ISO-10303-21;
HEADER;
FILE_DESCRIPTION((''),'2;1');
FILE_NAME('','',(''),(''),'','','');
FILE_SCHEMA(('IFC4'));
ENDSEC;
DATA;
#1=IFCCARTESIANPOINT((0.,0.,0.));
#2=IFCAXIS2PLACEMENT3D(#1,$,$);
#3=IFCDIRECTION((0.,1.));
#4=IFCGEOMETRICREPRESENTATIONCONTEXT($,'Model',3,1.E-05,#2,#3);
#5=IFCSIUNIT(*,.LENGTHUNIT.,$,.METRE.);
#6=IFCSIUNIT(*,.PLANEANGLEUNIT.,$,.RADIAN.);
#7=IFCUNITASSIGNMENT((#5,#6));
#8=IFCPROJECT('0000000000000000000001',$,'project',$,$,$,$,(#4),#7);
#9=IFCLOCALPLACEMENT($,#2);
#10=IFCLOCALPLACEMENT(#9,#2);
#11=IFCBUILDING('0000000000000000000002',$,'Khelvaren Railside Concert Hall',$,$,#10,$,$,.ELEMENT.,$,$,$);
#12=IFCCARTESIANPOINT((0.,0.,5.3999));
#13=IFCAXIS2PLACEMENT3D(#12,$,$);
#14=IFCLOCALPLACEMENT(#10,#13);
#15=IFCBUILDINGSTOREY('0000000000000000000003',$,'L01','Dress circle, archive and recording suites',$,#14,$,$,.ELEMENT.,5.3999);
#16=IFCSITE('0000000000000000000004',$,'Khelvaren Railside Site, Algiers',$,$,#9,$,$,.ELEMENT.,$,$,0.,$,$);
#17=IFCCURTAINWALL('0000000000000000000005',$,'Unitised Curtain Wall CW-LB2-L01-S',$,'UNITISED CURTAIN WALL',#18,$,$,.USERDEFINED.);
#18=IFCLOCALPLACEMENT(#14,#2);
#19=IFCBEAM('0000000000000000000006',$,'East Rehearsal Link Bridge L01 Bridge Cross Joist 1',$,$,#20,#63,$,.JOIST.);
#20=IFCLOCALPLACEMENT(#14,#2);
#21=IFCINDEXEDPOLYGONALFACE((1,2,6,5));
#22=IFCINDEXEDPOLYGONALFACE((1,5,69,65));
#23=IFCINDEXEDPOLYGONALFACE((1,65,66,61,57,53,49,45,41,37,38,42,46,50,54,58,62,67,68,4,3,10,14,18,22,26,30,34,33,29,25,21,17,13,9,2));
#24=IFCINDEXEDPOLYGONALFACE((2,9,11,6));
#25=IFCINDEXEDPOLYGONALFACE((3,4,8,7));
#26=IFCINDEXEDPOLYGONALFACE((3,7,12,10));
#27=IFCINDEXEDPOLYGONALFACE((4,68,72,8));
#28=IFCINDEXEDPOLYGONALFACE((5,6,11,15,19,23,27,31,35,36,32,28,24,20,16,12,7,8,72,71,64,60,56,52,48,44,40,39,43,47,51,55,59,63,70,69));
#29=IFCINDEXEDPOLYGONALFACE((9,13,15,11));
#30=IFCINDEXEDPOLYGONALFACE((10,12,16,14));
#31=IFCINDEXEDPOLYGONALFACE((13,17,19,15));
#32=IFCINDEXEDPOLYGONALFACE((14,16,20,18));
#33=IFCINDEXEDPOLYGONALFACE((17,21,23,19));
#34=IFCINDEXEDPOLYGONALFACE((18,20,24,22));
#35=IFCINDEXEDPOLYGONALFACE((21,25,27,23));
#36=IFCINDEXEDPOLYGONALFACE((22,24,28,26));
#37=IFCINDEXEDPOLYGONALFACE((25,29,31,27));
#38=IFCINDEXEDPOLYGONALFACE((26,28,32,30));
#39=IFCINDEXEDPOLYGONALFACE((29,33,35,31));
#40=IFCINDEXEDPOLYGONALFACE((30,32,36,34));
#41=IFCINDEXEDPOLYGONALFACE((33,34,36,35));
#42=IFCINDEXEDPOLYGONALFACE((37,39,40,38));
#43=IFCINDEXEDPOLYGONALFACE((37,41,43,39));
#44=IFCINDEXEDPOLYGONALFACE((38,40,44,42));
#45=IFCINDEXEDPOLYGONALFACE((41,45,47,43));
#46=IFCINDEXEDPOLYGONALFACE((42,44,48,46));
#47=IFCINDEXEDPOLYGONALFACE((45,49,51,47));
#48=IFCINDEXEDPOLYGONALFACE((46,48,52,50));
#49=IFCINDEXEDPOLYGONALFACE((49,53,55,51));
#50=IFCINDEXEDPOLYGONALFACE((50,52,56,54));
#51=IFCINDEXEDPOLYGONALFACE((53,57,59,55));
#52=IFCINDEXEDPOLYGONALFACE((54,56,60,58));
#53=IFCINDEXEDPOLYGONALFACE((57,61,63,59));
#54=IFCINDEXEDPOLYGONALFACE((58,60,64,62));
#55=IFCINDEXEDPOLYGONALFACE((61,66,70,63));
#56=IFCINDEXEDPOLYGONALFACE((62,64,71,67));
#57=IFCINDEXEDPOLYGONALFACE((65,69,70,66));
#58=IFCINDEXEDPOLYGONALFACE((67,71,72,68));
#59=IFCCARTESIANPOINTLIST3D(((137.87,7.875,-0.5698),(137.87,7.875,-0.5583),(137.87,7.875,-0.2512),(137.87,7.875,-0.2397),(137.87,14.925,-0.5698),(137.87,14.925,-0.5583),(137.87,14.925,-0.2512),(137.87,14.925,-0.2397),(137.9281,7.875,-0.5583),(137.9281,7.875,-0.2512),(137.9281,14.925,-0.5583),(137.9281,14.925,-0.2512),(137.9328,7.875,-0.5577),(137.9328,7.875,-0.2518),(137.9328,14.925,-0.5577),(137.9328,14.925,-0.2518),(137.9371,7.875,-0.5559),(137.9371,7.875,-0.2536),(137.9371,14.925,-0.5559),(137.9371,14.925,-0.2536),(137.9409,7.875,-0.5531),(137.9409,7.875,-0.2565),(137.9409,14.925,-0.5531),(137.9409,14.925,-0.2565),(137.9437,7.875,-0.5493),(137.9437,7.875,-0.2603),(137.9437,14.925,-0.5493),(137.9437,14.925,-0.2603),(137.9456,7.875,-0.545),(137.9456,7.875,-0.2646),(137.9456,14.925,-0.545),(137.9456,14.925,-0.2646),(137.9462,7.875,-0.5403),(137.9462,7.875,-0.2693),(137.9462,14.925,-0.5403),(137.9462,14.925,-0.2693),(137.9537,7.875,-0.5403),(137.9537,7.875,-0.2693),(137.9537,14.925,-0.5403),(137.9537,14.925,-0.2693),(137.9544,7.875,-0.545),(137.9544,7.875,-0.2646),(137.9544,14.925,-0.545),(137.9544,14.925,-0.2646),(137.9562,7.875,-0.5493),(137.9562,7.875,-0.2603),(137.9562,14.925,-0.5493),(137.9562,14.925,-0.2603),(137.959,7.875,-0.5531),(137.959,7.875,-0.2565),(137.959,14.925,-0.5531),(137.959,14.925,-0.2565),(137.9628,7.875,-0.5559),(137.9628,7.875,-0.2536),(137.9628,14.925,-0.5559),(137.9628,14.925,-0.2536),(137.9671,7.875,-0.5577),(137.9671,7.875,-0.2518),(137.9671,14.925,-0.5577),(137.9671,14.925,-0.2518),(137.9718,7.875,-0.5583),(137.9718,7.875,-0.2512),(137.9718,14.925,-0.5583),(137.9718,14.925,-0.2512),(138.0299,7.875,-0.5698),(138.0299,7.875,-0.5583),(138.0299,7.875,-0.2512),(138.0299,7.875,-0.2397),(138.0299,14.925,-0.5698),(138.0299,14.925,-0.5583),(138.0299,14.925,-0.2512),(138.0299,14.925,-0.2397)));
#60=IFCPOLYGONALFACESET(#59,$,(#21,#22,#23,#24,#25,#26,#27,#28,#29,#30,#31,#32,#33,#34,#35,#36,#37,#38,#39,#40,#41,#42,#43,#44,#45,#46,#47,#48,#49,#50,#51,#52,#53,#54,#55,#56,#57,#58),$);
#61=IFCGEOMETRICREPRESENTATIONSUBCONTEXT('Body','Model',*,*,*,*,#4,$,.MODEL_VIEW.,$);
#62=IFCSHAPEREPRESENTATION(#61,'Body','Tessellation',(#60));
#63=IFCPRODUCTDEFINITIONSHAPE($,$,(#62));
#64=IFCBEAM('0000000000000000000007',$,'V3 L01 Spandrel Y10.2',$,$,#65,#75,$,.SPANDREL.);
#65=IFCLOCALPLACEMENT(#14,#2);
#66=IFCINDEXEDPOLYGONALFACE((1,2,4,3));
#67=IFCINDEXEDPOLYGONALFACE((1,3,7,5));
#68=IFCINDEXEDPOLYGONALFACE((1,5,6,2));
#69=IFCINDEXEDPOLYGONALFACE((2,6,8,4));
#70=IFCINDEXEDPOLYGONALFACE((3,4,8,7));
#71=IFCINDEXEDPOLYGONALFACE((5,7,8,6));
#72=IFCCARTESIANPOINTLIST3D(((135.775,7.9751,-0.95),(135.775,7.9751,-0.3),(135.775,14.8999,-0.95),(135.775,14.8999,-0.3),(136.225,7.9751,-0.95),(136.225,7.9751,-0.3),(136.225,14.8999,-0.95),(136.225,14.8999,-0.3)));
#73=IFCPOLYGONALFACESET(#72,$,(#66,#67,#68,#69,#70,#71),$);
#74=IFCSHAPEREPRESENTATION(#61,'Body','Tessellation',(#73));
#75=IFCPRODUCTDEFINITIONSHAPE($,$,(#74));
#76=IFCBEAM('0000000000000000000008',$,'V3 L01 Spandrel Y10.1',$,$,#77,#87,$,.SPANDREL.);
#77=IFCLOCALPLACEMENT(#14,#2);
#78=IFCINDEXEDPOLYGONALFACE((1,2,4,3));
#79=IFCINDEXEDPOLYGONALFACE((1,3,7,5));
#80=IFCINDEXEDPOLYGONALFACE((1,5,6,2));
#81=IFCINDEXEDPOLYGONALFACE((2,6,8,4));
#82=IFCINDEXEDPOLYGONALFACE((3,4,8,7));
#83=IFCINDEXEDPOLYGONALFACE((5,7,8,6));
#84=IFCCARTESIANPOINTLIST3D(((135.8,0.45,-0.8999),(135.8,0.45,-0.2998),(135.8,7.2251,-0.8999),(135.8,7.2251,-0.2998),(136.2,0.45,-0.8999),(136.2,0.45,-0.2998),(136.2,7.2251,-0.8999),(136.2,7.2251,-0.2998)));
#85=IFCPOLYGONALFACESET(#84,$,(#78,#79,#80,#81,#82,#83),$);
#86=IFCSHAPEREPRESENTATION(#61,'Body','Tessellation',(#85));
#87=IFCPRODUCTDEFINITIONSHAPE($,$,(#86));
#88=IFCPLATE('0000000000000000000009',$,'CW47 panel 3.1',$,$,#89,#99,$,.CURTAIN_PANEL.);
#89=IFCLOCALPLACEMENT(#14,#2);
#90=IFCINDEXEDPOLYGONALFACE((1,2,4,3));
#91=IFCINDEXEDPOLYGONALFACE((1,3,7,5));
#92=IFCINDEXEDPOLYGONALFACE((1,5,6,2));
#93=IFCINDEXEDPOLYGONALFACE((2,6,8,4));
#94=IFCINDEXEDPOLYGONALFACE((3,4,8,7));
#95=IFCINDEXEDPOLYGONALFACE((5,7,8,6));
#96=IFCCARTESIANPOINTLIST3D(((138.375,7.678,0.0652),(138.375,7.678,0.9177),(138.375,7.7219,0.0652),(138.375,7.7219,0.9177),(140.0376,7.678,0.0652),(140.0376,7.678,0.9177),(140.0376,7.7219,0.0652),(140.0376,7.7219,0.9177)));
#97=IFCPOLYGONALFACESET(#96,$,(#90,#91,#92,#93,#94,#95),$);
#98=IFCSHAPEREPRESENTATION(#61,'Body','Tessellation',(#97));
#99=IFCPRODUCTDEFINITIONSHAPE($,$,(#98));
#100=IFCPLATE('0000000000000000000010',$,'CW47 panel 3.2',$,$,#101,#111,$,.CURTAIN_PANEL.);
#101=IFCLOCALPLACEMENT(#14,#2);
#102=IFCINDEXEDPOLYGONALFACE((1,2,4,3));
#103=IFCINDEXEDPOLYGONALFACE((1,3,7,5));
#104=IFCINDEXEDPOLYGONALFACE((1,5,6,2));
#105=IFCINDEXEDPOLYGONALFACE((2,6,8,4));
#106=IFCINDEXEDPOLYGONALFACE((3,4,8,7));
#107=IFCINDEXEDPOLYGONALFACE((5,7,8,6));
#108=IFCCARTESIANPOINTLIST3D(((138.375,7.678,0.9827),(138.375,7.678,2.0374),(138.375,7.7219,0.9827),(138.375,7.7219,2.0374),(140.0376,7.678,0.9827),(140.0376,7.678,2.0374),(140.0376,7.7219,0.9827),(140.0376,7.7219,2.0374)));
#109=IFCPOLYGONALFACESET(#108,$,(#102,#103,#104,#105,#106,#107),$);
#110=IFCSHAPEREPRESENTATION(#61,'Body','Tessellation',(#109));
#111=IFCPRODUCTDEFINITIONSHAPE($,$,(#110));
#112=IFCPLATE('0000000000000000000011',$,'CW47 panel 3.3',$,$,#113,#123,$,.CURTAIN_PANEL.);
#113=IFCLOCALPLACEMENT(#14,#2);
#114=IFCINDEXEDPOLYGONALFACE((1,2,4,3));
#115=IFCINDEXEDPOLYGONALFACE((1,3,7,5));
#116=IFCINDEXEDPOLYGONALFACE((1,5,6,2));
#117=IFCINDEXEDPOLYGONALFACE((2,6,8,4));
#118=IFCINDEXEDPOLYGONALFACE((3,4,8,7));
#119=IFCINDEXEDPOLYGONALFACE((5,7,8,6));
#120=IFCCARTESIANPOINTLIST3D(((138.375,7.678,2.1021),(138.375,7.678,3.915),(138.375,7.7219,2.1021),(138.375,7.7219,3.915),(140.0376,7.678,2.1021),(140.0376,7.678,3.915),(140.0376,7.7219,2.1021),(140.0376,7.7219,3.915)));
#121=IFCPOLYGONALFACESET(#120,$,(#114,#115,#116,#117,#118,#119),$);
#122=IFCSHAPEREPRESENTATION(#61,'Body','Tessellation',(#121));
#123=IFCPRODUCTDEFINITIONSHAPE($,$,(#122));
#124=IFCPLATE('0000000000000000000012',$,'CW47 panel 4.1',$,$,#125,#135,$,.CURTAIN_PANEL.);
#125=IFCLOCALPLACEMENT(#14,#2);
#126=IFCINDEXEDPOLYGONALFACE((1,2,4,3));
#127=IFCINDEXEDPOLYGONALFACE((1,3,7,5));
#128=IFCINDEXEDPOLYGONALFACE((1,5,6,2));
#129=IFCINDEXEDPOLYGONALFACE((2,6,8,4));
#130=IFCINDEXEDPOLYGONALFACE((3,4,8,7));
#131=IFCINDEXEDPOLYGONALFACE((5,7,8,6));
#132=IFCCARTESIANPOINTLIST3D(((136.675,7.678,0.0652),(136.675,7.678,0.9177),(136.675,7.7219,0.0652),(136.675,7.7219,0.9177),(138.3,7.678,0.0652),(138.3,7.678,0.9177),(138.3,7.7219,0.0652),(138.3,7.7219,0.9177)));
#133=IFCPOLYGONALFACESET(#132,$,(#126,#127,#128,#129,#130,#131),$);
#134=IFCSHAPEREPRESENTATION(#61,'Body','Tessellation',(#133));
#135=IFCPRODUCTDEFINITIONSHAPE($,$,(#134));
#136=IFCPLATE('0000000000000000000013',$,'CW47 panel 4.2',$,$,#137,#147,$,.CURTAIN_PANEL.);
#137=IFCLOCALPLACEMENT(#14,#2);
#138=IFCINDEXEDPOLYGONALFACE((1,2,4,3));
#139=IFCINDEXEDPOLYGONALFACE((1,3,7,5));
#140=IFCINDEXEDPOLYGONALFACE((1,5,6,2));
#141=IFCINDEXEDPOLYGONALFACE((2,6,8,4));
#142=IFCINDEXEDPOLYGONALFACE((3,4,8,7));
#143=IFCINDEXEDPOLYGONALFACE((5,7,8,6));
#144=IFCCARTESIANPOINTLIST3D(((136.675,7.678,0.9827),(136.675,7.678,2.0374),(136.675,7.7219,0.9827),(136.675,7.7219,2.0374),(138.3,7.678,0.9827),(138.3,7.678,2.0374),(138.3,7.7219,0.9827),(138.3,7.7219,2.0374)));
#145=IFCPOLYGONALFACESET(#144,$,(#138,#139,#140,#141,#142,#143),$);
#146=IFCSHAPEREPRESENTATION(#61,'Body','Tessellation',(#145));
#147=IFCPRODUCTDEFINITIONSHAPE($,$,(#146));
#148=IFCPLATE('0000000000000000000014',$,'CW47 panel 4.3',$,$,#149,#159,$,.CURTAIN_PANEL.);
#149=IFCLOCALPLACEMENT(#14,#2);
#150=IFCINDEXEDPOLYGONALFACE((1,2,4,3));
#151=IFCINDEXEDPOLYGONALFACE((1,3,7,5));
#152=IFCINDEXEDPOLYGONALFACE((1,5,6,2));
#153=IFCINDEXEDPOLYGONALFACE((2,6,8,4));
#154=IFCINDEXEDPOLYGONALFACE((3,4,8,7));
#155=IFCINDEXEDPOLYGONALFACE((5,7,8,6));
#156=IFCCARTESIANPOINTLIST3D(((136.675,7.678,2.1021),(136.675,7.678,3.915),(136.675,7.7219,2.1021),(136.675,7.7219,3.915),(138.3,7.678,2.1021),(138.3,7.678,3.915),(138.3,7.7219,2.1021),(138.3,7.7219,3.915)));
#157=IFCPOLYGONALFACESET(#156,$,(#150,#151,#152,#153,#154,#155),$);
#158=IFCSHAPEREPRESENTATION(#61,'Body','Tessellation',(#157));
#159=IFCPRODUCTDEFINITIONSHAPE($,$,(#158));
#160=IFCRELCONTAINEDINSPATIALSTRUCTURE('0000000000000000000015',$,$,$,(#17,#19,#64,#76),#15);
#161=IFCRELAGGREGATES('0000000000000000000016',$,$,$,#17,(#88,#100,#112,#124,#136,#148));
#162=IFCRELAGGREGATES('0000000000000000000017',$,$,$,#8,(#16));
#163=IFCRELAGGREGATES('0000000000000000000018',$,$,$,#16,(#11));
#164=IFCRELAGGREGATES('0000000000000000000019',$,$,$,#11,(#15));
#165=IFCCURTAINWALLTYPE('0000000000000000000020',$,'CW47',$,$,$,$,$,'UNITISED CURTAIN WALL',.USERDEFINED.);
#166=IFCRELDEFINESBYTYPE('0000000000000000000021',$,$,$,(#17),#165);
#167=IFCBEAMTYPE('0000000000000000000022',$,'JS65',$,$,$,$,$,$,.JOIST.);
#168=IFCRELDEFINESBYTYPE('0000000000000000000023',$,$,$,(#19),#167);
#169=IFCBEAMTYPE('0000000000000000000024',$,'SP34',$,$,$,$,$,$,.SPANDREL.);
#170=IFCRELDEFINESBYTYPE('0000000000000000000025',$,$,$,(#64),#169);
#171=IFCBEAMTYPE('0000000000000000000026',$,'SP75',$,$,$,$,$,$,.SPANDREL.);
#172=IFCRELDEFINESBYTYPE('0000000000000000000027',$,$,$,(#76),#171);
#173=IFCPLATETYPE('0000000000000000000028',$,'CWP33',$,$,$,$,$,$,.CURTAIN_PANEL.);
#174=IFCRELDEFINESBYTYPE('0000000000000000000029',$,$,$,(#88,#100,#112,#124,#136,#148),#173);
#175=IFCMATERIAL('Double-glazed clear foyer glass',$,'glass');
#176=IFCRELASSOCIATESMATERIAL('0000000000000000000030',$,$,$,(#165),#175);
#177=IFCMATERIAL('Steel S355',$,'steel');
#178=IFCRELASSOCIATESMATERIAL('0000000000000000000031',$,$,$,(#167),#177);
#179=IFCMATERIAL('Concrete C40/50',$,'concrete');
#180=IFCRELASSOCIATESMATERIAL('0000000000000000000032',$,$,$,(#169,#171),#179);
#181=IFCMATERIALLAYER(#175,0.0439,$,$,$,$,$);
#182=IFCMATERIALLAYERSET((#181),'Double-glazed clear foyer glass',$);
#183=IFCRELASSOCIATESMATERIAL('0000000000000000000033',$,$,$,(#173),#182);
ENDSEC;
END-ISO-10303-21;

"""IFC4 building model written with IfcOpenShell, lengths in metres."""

from ifc_helpers import new_model, si_unit, direction, frame, origin, origin_2d, place, context, subcontext, project, spatial, rectangle, i_section, extrude, material, layer, layer_set, material_profile, profile_set, type_object, element, aggregate, save


model = new_model("IFC4")

# Units and contexts
model_context = context("Model", 3, precision=1e-05, world=origin(), true_north=direction((0.0, 1.0)))
body_context = subcontext(model_context, "Body", "Model", "MODEL_VIEW")
ifc_project = project(units=[si_unit("LENGTHUNIT", "METRE"), si_unit("PLANEANGLEUNIT", "RADIAN")], contexts=[model_context])

# Site, building, storey
site_placement = place(None, origin())
site = spatial("IfcSite", under=ifc_project, at=site_placement, Name="Khelvaren Railside Site, Algiers", CompositionType="ELEMENT", RefElevation=0.0)
building_placement = place(site_placement, origin())
building = spatial("IfcBuilding", under=site, at=building_placement, Name="Khelvaren Railside Concert Hall", CompositionType="ELEMENT")
storey_placement = place(building_placement, frame((0.0, 0.0, 5.3999)))
storey = spatial("IfcBuildingStorey", under=building, at=storey_placement, Name="L01", Description="Dress circle, archive and recording suites", CompositionType="ELEMENT", Elevation=5.3999)

# Curtain wall
ifc_material_1 = material(Name="Double-glazed clear foyer glass", Category="glass")
curtain_wall_type_1 = type_object("IfcCurtainWallType", Name="CW47", ElementType="UNITISED CURTAIN WALL", PredefinedType="USERDEFINED", material=ifc_material_1)
curtain_wall_1_placement = place(storey_placement, origin())
curtain_wall_1 = element("IfcCurtainWall", 1, at=curtain_wall_1_placement, inside=storey, type_object=curtain_wall_type_1, Name="Unitised Curtain Wall CW-LB2-L01-S", ObjectType="UNITISED CURTAIN WALL", PredefinedType="USERDEFINED")

# Beams
ifc_material_2 = material(Name="Concrete C40/50", Category="concrete")
ifc_material_3 = material(Name="Steel S355", Category="steel")
ifc_material_profile_1 = material_profile(ifc_material_3, i_section(OverallWidth=0.1599, OverallDepth=0.3301, WebThickness=0.0076, FlangeThickness=0.0115, FilletRadius=0.0181, at=origin_2d()), Name="IPE 330")
ifc_profile_set_1 = profile_set([ifc_material_profile_1], Name="Steel S355")
beam_type_1 = type_object("IfcBeamType", Name="JS65", PredefinedType="JOIST", material=ifc_profile_set_1)
beam_1_placement = place(storey_placement, frame((137.95, 7.875, -0.4048), z_axis=(0.0, 1.0, 0.0), x_axis=(-1.0, 0.0, 0.0)))
element("IfcBeam", 2, at=beam_1_placement, inside=storey, type_object=beam_type_1, Name="East Rehearsal Link Bridge L01 Bridge Cross Joist 1", PredefinedType="JOIST", context=body_context, shape_type="SweptSolid", body=[
    extrude(i_section(OverallWidth=0.1599, OverallDepth=0.3301, WebThickness=0.0076, FlangeThickness=0.0115, FilletRadius=0.0181, at=origin_2d()), origin(), (0.0, 0.0, 1.0), 7.05),
])
ifc_material_profile_2 = material_profile(ifc_material_2, rectangle(XDim=0.45, YDim=0.6499, at=origin_2d()), Name="RCB 450x650")
ifc_profile_set_2 = profile_set([ifc_material_profile_2], Name="Concrete C40/50")
beam_type_2 = type_object("IfcBeamType", Name="SP34", PredefinedType="SPANDREL", material=ifc_profile_set_2)
beam_2_placement = place(storey_placement, frame((136.0, 7.9751, -0.625), z_axis=(0.0, 1.0, 0.0), x_axis=(-1.0, 0.0, 0.0)))
element("IfcBeam", 3, at=beam_2_placement, inside=storey, type_object=beam_type_2, Name="V3 L01 Spandrel Y10.2", PredefinedType="SPANDREL", context=body_context, shape_type="SweptSolid", body=[
    extrude(rectangle(XDim=0.45, YDim=0.6499, at=origin_2d()), origin(), (0.0, 0.0, 1.0), 6.9248),
])
ifc_material_profile_3 = material_profile(ifc_material_2, rectangle(XDim=0.3999, YDim=0.6001, at=origin_2d()), Name="RCB 400x600")
ifc_profile_set_3 = profile_set([ifc_material_profile_3], Name="Concrete C40/50")
beam_type_3 = type_object("IfcBeamType", Name="SP75", PredefinedType="SPANDREL", material=ifc_profile_set_3)
beam_3_placement = place(storey_placement, frame((136.0, 0.45, -0.5999), z_axis=(0.0, 1.0, 0.0), x_axis=(-1.0, 0.0, 0.0)))
element("IfcBeam", 4, at=beam_3_placement, inside=storey, type_object=beam_type_3, Name="V3 L01 Spandrel Y10.1", PredefinedType="SPANDREL", context=body_context, shape_type="SweptSolid", body=[
    extrude(rectangle(XDim=0.3999, YDim=0.6001, at=origin_2d()), origin(), (0.0, 0.0, 1.0), 6.7751),
])

# Plates
ifc_layer_1 = layer(ifc_material_1, 0.0439)
ifc_layer_set_1 = layer_set([ifc_layer_1], Name="Double-glazed clear foyer glass")
plate_type = type_object("IfcPlateType", Name="CWP33", PredefinedType="CURTAIN_PANEL", material=ifc_layer_set_1)
plate_1_placement = place(storey_placement, frame((139.2063, 7.7, 0.0652), z_axis=(0.0, 0.0, 1.0), x_axis=(-1.0, 0.0, 0.0)))
plate_1 = element("IfcPlate", 5, at=plate_1_placement, type_object=plate_type, Name="CW47 panel 3.1", PredefinedType="CURTAIN_PANEL", context=body_context, shape_type="SweptSolid", body=[
    extrude(rectangle(XDim=1.6626, YDim=0.0439, at=origin_2d()), origin(), (0.0, 0.0, 1.0), 0.8525),
])
plate_2_placement = place(storey_placement, frame((139.2063, 7.7, 0.9827), z_axis=(0.0, 0.0, 1.0), x_axis=(-1.0, 0.0, 0.0)))
plate_2 = element("IfcPlate", 6, at=plate_2_placement, type_object=plate_type, Name="CW47 panel 3.2", PredefinedType="CURTAIN_PANEL", context=body_context, shape_type="SweptSolid", body=[
    extrude(rectangle(XDim=1.6626, YDim=0.0439, at=origin_2d()), origin(), (0.0, 0.0, 1.0), 1.0547),
])
plate_3_placement = place(storey_placement, frame((139.2063, 7.7, 2.1021), z_axis=(0.0, 0.0, 1.0), x_axis=(-1.0, 0.0, 0.0)))
plate_3 = element("IfcPlate", 7, at=plate_3_placement, type_object=plate_type, Name="CW47 panel 3.3", PredefinedType="CURTAIN_PANEL", context=body_context, shape_type="SweptSolid", body=[
    extrude(rectangle(XDim=1.6626, YDim=0.0439, at=origin_2d()), origin(), (0.0, 0.0, 1.0), 1.813),
])
plate_4_placement = place(storey_placement, frame((137.4875, 7.7, 0.0652), z_axis=(0.0, 0.0, 1.0), x_axis=(-1.0, 0.0, 0.0)))
plate_4 = element("IfcPlate", 8, at=plate_4_placement, type_object=plate_type, Name="CW47 panel 4.1", PredefinedType="CURTAIN_PANEL", context=body_context, shape_type="SweptSolid", body=[
    extrude(rectangle(XDim=1.625, YDim=0.0439, at=origin_2d()), origin(), (0.0, 0.0, 1.0), 0.8525),
])
plate_5_placement = place(storey_placement, frame((137.4875, 7.7, 0.9827), z_axis=(0.0, 0.0, 1.0), x_axis=(-1.0, 0.0, 0.0)))
plate_5 = element("IfcPlate", 9, at=plate_5_placement, type_object=plate_type, Name="CW47 panel 4.2", PredefinedType="CURTAIN_PANEL", context=body_context, shape_type="SweptSolid", body=[
    extrude(rectangle(XDim=1.625, YDim=0.0439, at=origin_2d()), origin(), (0.0, 0.0, 1.0), 1.0547),
])
plate_6_placement = place(storey_placement, frame((137.4875, 7.7, 2.1021), z_axis=(0.0, 0.0, 1.0), x_axis=(-1.0, 0.0, 0.0)))
plate_6 = element("IfcPlate", 10, at=plate_6_placement, type_object=plate_type, Name="CW47 panel 4.3", PredefinedType="CURTAIN_PANEL", context=body_context, shape_type="SweptSolid", body=[
    extrude(rectangle(XDim=1.625, YDim=0.0439, at=origin_2d()), origin(), (0.0, 0.0, 1.0), 1.813),
])
aggregate(curtain_wall_1, [plate_1, plate_2, plate_3, plate_4, plate_5, plate_6])

save(model, "model.ifc")
